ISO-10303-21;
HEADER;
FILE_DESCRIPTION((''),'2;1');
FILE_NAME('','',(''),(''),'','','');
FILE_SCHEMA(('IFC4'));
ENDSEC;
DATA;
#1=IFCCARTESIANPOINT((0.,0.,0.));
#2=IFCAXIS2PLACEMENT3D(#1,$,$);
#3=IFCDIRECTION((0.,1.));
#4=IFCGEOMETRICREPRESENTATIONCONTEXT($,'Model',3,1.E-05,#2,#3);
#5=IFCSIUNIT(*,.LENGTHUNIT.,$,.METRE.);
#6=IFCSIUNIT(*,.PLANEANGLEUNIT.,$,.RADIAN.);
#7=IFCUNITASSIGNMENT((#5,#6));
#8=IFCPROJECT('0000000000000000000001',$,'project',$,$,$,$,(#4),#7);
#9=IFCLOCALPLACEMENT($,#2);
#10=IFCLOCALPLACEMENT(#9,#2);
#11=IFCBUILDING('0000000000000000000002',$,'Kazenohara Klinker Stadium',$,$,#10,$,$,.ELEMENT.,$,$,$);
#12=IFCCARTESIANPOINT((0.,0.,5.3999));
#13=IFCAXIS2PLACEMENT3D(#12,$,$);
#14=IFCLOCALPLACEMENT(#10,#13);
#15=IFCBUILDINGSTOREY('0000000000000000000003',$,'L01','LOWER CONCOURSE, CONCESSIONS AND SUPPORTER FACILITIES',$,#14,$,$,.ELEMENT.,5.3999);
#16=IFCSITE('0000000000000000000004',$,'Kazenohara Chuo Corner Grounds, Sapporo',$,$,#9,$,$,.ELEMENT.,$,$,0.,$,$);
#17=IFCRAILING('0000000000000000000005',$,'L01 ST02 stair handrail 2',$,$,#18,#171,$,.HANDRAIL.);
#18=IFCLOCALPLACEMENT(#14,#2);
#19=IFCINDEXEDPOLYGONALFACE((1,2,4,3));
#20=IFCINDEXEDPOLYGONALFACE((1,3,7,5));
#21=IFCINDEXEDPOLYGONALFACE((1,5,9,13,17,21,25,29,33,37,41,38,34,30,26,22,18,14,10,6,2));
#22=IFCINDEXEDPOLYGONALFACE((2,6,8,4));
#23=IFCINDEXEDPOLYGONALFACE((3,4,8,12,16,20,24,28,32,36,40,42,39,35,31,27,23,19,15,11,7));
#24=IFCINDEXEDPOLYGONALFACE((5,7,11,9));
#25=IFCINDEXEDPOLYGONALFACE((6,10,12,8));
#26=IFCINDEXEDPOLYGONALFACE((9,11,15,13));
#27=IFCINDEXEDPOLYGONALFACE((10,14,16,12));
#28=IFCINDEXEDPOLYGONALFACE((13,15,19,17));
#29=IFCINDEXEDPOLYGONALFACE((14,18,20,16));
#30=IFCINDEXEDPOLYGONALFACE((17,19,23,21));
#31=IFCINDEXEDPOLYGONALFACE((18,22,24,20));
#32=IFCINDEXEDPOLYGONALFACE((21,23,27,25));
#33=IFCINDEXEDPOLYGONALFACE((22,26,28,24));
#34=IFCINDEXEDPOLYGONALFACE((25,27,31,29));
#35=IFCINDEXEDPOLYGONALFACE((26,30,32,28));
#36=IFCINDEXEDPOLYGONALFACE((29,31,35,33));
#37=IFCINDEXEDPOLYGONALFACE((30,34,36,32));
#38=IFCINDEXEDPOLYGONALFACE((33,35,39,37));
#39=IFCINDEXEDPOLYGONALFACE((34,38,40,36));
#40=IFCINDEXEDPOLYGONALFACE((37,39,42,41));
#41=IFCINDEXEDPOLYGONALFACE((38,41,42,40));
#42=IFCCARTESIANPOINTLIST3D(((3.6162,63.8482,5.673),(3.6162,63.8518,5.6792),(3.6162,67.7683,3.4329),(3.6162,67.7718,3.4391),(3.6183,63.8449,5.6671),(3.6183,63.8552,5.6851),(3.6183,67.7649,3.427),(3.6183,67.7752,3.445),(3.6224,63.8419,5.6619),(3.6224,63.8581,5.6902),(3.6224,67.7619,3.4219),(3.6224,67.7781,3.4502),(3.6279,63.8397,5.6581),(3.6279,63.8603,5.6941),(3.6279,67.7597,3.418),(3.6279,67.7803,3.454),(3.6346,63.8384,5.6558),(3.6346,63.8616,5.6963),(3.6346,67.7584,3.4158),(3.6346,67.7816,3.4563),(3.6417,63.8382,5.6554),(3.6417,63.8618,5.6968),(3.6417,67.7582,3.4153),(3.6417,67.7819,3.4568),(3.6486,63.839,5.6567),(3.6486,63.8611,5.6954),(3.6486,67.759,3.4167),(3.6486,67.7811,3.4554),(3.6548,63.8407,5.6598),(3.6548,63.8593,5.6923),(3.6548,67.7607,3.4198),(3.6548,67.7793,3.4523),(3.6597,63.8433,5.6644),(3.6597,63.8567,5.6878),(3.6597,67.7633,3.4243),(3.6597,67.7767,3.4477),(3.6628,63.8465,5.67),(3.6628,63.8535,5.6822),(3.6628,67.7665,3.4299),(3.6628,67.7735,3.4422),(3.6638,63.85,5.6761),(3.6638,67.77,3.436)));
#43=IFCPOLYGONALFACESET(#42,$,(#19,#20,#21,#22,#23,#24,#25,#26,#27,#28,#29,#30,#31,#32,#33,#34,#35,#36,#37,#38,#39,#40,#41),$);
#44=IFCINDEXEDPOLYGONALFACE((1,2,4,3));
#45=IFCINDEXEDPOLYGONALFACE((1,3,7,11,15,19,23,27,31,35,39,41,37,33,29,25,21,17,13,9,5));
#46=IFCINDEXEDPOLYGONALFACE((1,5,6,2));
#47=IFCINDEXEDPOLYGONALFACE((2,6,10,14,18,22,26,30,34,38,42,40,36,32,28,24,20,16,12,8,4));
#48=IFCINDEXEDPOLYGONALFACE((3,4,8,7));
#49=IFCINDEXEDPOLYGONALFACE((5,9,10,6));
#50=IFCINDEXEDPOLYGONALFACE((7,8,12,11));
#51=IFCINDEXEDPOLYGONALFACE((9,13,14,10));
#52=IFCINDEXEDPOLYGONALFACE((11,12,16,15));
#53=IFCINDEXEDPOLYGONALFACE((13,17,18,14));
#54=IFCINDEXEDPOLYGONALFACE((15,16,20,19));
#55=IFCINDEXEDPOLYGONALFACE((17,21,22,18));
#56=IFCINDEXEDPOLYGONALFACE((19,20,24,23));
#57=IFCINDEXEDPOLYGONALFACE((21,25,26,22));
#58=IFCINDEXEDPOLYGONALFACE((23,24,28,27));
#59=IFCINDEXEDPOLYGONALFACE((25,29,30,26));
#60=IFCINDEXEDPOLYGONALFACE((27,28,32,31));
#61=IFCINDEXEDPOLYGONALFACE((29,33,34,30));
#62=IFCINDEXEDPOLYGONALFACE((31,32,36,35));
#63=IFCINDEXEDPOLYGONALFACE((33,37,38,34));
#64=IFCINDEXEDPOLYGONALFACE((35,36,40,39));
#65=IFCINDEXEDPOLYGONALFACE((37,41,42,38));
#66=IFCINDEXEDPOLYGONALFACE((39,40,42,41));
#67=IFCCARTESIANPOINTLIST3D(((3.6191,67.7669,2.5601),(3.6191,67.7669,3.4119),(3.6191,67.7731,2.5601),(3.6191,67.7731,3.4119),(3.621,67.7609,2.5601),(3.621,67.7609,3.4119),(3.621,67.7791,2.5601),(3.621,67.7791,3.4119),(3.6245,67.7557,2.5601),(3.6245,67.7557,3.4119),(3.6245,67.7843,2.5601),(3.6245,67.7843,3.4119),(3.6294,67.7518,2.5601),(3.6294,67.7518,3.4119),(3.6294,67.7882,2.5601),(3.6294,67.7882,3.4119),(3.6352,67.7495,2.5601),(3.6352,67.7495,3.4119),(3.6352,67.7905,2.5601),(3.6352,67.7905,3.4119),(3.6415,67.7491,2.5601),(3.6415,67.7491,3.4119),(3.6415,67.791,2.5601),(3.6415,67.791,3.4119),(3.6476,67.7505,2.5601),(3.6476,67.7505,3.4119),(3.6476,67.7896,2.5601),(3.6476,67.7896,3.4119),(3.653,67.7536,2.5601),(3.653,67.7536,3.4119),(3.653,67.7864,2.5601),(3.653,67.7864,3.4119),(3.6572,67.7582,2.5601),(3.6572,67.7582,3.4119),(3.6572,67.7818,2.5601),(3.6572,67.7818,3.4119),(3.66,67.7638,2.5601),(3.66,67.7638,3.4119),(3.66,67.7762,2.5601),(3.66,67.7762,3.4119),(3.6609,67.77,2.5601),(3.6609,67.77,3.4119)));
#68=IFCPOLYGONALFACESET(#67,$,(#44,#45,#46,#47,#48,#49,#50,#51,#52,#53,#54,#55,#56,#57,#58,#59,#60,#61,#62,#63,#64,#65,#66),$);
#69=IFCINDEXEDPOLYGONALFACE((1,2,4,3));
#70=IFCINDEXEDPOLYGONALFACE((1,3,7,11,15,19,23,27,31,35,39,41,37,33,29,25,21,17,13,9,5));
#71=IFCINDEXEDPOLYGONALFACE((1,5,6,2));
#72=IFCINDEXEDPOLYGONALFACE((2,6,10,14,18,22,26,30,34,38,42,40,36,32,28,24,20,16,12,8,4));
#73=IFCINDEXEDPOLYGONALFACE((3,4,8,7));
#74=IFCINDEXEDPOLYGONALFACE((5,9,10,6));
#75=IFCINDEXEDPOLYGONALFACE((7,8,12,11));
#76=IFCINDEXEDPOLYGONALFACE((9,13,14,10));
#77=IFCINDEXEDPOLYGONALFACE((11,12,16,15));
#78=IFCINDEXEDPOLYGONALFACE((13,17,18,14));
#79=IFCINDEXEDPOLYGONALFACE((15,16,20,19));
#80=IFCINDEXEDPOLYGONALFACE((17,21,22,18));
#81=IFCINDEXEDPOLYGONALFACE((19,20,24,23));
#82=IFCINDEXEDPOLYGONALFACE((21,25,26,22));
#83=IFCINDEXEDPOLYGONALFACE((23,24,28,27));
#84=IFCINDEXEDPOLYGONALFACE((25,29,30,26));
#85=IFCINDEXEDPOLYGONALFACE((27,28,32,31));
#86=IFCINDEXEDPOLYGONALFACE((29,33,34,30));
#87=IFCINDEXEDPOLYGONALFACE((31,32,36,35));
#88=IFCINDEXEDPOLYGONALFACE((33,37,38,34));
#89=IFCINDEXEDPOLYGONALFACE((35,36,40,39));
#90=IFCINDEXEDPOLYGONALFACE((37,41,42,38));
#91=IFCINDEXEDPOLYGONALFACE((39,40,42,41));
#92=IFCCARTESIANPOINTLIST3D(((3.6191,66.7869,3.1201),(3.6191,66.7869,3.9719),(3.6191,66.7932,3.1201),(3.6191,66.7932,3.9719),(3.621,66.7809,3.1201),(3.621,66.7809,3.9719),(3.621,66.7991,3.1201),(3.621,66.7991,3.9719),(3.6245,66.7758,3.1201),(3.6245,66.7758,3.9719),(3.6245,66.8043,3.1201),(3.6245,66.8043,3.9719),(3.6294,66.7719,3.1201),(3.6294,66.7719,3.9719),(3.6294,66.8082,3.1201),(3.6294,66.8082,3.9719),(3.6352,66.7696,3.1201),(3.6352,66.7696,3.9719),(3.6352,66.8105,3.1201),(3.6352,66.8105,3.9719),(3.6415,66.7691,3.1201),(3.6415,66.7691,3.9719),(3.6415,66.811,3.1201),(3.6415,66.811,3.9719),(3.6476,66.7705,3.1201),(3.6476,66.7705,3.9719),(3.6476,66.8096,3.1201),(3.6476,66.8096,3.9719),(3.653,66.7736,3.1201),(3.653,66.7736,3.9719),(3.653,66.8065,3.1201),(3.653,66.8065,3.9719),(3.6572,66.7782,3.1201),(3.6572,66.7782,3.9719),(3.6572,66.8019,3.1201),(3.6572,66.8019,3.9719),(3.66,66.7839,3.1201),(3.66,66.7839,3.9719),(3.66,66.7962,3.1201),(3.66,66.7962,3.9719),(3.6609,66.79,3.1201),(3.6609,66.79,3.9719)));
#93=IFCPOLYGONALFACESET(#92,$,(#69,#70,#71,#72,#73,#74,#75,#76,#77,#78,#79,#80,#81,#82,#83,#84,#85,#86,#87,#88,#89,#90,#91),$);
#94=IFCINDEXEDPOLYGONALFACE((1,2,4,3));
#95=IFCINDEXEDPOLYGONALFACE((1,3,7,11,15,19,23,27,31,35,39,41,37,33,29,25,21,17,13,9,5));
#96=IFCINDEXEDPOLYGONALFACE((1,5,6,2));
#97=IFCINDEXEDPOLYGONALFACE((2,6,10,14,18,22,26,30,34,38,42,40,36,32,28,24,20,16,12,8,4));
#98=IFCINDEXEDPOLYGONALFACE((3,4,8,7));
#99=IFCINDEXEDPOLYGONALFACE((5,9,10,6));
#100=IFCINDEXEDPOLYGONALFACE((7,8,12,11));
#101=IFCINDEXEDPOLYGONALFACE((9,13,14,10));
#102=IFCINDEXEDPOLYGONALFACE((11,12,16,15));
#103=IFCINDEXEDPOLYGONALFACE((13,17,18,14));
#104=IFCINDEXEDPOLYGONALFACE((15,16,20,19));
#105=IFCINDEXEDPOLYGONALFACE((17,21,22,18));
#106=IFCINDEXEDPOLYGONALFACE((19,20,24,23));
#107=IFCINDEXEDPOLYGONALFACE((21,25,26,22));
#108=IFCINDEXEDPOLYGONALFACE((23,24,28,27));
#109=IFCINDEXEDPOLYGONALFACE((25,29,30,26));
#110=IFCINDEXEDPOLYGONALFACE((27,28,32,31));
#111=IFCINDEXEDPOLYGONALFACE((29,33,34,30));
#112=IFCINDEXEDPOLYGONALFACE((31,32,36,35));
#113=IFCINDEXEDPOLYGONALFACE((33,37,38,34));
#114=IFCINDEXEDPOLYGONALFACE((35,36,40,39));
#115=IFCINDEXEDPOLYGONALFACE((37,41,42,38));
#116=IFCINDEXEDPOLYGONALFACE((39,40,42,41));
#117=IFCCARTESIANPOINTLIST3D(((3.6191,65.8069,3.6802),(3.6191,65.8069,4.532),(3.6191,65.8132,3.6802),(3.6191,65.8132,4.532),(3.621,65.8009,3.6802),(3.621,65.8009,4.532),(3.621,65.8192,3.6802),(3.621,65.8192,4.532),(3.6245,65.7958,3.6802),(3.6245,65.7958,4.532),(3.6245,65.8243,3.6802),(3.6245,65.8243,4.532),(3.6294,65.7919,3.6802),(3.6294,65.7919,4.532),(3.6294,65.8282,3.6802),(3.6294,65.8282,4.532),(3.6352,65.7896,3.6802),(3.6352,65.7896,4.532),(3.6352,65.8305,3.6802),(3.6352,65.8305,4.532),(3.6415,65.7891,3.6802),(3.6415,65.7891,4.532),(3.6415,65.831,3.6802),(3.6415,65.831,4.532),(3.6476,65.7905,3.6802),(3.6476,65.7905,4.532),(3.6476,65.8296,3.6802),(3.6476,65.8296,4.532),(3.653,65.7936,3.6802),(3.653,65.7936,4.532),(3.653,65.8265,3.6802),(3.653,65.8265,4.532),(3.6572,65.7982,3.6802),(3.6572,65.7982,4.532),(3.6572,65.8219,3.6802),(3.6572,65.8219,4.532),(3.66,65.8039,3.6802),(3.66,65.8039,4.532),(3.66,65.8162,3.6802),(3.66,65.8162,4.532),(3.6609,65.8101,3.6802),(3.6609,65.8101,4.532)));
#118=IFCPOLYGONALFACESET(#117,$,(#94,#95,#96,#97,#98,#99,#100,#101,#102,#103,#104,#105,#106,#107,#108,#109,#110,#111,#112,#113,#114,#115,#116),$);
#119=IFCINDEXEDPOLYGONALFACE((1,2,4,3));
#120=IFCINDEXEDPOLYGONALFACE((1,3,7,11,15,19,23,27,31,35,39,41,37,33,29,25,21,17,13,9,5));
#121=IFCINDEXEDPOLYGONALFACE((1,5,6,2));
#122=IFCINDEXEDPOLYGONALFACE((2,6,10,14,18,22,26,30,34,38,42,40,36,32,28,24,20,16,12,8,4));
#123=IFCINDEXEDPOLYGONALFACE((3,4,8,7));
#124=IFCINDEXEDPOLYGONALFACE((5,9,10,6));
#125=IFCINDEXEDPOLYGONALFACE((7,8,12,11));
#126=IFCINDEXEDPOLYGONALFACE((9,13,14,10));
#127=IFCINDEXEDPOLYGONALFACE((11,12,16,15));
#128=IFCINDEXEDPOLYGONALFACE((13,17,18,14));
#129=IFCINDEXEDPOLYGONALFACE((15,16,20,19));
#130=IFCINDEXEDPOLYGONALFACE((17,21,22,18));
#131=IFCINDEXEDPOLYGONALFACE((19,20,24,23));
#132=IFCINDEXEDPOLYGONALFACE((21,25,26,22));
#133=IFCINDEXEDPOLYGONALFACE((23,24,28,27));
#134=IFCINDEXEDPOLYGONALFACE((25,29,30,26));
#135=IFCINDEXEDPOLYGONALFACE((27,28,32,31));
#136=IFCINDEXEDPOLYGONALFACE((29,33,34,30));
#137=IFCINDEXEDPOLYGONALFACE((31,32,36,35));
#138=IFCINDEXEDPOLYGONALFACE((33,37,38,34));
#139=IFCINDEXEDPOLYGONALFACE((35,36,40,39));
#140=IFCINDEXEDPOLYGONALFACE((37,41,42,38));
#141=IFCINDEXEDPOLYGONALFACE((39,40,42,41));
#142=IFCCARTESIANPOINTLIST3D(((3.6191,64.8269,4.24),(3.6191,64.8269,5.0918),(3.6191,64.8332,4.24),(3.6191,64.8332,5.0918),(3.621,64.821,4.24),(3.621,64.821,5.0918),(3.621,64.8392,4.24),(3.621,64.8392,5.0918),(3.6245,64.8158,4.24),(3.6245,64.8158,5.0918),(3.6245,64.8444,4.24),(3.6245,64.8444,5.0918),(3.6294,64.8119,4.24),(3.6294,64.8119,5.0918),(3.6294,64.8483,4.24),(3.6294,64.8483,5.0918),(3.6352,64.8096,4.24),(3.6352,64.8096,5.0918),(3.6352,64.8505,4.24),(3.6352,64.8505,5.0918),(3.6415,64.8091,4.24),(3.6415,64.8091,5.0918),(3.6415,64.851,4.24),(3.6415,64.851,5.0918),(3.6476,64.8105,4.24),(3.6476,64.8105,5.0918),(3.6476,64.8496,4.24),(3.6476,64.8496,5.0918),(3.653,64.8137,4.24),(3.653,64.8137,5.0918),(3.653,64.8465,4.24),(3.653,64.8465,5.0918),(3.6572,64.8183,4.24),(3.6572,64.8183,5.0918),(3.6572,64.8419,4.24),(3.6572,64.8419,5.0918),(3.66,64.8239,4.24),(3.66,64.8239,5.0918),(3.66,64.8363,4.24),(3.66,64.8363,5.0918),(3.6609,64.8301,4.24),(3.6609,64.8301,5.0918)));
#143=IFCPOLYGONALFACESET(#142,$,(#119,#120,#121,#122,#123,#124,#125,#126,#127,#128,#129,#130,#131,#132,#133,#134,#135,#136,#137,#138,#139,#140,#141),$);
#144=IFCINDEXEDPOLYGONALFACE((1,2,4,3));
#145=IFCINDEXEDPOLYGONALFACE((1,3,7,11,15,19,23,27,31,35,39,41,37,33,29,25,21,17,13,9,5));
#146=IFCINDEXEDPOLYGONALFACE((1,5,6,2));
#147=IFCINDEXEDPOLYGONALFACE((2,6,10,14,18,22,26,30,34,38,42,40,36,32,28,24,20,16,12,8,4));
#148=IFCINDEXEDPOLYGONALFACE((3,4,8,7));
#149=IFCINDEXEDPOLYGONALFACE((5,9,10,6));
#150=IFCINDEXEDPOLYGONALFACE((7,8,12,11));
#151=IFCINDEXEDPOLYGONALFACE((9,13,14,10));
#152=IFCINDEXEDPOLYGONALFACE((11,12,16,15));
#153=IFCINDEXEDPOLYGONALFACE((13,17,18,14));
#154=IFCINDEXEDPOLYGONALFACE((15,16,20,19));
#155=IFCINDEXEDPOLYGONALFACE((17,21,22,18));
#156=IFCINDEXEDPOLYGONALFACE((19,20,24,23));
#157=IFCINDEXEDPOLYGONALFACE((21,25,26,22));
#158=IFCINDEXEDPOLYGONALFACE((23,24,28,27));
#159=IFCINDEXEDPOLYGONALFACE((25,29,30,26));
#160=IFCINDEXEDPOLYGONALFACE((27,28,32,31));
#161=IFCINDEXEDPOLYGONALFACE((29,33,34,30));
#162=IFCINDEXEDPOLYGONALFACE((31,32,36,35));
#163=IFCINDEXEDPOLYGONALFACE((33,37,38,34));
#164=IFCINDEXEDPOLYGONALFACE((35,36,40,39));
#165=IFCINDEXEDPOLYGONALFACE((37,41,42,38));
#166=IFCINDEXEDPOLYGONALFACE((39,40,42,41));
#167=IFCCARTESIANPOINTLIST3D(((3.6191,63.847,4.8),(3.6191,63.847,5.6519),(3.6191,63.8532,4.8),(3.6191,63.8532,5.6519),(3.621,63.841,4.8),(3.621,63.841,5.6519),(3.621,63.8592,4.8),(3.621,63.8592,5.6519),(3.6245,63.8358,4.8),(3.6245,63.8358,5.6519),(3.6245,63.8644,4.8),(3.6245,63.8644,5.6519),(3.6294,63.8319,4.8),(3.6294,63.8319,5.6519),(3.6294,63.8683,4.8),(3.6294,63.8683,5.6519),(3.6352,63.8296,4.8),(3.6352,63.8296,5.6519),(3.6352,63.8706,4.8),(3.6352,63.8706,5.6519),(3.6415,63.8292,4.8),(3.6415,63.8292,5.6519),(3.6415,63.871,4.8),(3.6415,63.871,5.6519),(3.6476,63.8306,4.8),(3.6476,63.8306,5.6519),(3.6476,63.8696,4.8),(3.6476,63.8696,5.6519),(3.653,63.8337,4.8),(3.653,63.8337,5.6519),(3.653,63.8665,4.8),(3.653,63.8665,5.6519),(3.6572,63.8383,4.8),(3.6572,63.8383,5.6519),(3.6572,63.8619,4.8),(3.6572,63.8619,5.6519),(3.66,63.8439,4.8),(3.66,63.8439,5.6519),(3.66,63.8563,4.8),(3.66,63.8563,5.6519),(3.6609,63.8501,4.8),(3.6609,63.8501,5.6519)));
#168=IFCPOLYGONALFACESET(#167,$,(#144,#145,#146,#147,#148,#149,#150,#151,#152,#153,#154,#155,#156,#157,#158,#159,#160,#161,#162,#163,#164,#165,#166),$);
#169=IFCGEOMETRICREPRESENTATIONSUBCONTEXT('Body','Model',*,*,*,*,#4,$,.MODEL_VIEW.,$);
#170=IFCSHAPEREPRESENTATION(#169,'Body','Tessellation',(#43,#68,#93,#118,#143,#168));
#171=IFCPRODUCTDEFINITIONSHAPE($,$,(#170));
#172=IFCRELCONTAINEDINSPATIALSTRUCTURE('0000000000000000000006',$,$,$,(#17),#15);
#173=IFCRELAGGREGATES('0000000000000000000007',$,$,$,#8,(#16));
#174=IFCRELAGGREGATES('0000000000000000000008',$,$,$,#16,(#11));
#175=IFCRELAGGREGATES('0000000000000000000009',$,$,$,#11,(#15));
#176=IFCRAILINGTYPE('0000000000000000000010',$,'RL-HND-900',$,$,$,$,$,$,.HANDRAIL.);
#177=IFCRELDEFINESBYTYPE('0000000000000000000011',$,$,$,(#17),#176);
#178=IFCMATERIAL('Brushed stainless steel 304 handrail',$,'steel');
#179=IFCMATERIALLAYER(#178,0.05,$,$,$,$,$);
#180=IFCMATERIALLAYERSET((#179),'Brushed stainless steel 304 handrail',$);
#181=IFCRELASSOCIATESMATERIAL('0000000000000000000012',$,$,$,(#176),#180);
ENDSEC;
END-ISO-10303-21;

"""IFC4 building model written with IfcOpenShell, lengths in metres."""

from ifc_helpers import new_model, si_unit, direction, frame, origin, origin_2d, place, context, subcontext, project, spatial, circle, extrude, material, layer, layer_set, type_object, element, save


model = new_model("IFC4")

# Units and contexts
model_context = context("Model", 3, precision=1e-05, world=origin(), true_north=direction((0.0, 1.0)))
body_context = subcontext(model_context, "Body", "Model", "MODEL_VIEW")
ifc_project = project(units=[si_unit("LENGTHUNIT", "METRE"), si_unit("PLANEANGLEUNIT", "RADIAN")], contexts=[model_context])

# Site, building, storey
site_placement = place(None, origin())
site = spatial("IfcSite", under=ifc_project, at=site_placement, Name="Kazenohara Chuo Corner Grounds, Sapporo", CompositionType="ELEMENT", RefElevation=0.0)
building_placement = place(site_placement, origin())
building = spatial("IfcBuilding", under=site, at=building_placement, Name="Kazenohara Klinker Stadium", CompositionType="ELEMENT")
storey_placement = place(building_placement, frame((0.0, 0.0, 5.3999)))
storey = spatial("IfcBuildingStorey", under=building, at=storey_placement, Name="L01", Description="LOWER CONCOURSE, CONCESSIONS AND SUPPORTER FACILITIES", CompositionType="ELEMENT", Elevation=5.3999)

# Railing
ifc_material_1 = material(Name="Brushed stainless steel 304 handrail", Category="steel")
ifc_layer_1 = layer(ifc_material_1, 0.05)
ifc_layer_set_1 = layer_set([ifc_layer_1], Name="Brushed stainless steel 304 handrail")
railing_type_1 = type_object("IfcRailingType", Name="RL-HND-900", PredefinedType="HANDRAIL", material=ifc_layer_set_1)
railing_1_placement = place(storey_placement, frame((3.6399, 67.77, 2.5601)))
element("IfcRailing", 1, at=railing_1_placement, inside=storey, type_object=railing_type_1, Name="L01 ST02 stair handrail 2", PredefinedType="HANDRAIL", context=body_context, shape_type="SweptSolid", body=[
    extrude(circle(Radius=0.0239, at=origin_2d()), frame((0.0, 0.0, 0.876), z_axis=(0.0, -0.86824, 0.496145), x_axis=(1.0, 0.0, 0.0)), (0.0, 0.0, 1.0), 4.5149),
    extrude(circle(Radius=0.021, at=origin_2d()), origin(), (0.0, 0.0, 1.0), 0.8518),
    extrude(circle(Radius=0.021, at=origin_2d()), frame((0.0, -0.98, 0.5601)), (0.0, 0.0, 1.0), 0.8518),
    extrude(circle(Radius=0.021, at=origin_2d()), frame((0.0, -1.96, 1.1201)), (0.0, 0.0, 1.0), 0.8518),
    extrude(circle(Radius=0.021, at=origin_2d()), frame((0.0, -2.9399, 1.6799)), (0.0, 0.0, 1.0), 0.8518),
    extrude(circle(Radius=0.021, at=origin_2d()), frame((0.0, -3.9199, 2.24)), (0.0, 0.0, 1.0), 0.8518),
])

save(model, "model.ifc")
